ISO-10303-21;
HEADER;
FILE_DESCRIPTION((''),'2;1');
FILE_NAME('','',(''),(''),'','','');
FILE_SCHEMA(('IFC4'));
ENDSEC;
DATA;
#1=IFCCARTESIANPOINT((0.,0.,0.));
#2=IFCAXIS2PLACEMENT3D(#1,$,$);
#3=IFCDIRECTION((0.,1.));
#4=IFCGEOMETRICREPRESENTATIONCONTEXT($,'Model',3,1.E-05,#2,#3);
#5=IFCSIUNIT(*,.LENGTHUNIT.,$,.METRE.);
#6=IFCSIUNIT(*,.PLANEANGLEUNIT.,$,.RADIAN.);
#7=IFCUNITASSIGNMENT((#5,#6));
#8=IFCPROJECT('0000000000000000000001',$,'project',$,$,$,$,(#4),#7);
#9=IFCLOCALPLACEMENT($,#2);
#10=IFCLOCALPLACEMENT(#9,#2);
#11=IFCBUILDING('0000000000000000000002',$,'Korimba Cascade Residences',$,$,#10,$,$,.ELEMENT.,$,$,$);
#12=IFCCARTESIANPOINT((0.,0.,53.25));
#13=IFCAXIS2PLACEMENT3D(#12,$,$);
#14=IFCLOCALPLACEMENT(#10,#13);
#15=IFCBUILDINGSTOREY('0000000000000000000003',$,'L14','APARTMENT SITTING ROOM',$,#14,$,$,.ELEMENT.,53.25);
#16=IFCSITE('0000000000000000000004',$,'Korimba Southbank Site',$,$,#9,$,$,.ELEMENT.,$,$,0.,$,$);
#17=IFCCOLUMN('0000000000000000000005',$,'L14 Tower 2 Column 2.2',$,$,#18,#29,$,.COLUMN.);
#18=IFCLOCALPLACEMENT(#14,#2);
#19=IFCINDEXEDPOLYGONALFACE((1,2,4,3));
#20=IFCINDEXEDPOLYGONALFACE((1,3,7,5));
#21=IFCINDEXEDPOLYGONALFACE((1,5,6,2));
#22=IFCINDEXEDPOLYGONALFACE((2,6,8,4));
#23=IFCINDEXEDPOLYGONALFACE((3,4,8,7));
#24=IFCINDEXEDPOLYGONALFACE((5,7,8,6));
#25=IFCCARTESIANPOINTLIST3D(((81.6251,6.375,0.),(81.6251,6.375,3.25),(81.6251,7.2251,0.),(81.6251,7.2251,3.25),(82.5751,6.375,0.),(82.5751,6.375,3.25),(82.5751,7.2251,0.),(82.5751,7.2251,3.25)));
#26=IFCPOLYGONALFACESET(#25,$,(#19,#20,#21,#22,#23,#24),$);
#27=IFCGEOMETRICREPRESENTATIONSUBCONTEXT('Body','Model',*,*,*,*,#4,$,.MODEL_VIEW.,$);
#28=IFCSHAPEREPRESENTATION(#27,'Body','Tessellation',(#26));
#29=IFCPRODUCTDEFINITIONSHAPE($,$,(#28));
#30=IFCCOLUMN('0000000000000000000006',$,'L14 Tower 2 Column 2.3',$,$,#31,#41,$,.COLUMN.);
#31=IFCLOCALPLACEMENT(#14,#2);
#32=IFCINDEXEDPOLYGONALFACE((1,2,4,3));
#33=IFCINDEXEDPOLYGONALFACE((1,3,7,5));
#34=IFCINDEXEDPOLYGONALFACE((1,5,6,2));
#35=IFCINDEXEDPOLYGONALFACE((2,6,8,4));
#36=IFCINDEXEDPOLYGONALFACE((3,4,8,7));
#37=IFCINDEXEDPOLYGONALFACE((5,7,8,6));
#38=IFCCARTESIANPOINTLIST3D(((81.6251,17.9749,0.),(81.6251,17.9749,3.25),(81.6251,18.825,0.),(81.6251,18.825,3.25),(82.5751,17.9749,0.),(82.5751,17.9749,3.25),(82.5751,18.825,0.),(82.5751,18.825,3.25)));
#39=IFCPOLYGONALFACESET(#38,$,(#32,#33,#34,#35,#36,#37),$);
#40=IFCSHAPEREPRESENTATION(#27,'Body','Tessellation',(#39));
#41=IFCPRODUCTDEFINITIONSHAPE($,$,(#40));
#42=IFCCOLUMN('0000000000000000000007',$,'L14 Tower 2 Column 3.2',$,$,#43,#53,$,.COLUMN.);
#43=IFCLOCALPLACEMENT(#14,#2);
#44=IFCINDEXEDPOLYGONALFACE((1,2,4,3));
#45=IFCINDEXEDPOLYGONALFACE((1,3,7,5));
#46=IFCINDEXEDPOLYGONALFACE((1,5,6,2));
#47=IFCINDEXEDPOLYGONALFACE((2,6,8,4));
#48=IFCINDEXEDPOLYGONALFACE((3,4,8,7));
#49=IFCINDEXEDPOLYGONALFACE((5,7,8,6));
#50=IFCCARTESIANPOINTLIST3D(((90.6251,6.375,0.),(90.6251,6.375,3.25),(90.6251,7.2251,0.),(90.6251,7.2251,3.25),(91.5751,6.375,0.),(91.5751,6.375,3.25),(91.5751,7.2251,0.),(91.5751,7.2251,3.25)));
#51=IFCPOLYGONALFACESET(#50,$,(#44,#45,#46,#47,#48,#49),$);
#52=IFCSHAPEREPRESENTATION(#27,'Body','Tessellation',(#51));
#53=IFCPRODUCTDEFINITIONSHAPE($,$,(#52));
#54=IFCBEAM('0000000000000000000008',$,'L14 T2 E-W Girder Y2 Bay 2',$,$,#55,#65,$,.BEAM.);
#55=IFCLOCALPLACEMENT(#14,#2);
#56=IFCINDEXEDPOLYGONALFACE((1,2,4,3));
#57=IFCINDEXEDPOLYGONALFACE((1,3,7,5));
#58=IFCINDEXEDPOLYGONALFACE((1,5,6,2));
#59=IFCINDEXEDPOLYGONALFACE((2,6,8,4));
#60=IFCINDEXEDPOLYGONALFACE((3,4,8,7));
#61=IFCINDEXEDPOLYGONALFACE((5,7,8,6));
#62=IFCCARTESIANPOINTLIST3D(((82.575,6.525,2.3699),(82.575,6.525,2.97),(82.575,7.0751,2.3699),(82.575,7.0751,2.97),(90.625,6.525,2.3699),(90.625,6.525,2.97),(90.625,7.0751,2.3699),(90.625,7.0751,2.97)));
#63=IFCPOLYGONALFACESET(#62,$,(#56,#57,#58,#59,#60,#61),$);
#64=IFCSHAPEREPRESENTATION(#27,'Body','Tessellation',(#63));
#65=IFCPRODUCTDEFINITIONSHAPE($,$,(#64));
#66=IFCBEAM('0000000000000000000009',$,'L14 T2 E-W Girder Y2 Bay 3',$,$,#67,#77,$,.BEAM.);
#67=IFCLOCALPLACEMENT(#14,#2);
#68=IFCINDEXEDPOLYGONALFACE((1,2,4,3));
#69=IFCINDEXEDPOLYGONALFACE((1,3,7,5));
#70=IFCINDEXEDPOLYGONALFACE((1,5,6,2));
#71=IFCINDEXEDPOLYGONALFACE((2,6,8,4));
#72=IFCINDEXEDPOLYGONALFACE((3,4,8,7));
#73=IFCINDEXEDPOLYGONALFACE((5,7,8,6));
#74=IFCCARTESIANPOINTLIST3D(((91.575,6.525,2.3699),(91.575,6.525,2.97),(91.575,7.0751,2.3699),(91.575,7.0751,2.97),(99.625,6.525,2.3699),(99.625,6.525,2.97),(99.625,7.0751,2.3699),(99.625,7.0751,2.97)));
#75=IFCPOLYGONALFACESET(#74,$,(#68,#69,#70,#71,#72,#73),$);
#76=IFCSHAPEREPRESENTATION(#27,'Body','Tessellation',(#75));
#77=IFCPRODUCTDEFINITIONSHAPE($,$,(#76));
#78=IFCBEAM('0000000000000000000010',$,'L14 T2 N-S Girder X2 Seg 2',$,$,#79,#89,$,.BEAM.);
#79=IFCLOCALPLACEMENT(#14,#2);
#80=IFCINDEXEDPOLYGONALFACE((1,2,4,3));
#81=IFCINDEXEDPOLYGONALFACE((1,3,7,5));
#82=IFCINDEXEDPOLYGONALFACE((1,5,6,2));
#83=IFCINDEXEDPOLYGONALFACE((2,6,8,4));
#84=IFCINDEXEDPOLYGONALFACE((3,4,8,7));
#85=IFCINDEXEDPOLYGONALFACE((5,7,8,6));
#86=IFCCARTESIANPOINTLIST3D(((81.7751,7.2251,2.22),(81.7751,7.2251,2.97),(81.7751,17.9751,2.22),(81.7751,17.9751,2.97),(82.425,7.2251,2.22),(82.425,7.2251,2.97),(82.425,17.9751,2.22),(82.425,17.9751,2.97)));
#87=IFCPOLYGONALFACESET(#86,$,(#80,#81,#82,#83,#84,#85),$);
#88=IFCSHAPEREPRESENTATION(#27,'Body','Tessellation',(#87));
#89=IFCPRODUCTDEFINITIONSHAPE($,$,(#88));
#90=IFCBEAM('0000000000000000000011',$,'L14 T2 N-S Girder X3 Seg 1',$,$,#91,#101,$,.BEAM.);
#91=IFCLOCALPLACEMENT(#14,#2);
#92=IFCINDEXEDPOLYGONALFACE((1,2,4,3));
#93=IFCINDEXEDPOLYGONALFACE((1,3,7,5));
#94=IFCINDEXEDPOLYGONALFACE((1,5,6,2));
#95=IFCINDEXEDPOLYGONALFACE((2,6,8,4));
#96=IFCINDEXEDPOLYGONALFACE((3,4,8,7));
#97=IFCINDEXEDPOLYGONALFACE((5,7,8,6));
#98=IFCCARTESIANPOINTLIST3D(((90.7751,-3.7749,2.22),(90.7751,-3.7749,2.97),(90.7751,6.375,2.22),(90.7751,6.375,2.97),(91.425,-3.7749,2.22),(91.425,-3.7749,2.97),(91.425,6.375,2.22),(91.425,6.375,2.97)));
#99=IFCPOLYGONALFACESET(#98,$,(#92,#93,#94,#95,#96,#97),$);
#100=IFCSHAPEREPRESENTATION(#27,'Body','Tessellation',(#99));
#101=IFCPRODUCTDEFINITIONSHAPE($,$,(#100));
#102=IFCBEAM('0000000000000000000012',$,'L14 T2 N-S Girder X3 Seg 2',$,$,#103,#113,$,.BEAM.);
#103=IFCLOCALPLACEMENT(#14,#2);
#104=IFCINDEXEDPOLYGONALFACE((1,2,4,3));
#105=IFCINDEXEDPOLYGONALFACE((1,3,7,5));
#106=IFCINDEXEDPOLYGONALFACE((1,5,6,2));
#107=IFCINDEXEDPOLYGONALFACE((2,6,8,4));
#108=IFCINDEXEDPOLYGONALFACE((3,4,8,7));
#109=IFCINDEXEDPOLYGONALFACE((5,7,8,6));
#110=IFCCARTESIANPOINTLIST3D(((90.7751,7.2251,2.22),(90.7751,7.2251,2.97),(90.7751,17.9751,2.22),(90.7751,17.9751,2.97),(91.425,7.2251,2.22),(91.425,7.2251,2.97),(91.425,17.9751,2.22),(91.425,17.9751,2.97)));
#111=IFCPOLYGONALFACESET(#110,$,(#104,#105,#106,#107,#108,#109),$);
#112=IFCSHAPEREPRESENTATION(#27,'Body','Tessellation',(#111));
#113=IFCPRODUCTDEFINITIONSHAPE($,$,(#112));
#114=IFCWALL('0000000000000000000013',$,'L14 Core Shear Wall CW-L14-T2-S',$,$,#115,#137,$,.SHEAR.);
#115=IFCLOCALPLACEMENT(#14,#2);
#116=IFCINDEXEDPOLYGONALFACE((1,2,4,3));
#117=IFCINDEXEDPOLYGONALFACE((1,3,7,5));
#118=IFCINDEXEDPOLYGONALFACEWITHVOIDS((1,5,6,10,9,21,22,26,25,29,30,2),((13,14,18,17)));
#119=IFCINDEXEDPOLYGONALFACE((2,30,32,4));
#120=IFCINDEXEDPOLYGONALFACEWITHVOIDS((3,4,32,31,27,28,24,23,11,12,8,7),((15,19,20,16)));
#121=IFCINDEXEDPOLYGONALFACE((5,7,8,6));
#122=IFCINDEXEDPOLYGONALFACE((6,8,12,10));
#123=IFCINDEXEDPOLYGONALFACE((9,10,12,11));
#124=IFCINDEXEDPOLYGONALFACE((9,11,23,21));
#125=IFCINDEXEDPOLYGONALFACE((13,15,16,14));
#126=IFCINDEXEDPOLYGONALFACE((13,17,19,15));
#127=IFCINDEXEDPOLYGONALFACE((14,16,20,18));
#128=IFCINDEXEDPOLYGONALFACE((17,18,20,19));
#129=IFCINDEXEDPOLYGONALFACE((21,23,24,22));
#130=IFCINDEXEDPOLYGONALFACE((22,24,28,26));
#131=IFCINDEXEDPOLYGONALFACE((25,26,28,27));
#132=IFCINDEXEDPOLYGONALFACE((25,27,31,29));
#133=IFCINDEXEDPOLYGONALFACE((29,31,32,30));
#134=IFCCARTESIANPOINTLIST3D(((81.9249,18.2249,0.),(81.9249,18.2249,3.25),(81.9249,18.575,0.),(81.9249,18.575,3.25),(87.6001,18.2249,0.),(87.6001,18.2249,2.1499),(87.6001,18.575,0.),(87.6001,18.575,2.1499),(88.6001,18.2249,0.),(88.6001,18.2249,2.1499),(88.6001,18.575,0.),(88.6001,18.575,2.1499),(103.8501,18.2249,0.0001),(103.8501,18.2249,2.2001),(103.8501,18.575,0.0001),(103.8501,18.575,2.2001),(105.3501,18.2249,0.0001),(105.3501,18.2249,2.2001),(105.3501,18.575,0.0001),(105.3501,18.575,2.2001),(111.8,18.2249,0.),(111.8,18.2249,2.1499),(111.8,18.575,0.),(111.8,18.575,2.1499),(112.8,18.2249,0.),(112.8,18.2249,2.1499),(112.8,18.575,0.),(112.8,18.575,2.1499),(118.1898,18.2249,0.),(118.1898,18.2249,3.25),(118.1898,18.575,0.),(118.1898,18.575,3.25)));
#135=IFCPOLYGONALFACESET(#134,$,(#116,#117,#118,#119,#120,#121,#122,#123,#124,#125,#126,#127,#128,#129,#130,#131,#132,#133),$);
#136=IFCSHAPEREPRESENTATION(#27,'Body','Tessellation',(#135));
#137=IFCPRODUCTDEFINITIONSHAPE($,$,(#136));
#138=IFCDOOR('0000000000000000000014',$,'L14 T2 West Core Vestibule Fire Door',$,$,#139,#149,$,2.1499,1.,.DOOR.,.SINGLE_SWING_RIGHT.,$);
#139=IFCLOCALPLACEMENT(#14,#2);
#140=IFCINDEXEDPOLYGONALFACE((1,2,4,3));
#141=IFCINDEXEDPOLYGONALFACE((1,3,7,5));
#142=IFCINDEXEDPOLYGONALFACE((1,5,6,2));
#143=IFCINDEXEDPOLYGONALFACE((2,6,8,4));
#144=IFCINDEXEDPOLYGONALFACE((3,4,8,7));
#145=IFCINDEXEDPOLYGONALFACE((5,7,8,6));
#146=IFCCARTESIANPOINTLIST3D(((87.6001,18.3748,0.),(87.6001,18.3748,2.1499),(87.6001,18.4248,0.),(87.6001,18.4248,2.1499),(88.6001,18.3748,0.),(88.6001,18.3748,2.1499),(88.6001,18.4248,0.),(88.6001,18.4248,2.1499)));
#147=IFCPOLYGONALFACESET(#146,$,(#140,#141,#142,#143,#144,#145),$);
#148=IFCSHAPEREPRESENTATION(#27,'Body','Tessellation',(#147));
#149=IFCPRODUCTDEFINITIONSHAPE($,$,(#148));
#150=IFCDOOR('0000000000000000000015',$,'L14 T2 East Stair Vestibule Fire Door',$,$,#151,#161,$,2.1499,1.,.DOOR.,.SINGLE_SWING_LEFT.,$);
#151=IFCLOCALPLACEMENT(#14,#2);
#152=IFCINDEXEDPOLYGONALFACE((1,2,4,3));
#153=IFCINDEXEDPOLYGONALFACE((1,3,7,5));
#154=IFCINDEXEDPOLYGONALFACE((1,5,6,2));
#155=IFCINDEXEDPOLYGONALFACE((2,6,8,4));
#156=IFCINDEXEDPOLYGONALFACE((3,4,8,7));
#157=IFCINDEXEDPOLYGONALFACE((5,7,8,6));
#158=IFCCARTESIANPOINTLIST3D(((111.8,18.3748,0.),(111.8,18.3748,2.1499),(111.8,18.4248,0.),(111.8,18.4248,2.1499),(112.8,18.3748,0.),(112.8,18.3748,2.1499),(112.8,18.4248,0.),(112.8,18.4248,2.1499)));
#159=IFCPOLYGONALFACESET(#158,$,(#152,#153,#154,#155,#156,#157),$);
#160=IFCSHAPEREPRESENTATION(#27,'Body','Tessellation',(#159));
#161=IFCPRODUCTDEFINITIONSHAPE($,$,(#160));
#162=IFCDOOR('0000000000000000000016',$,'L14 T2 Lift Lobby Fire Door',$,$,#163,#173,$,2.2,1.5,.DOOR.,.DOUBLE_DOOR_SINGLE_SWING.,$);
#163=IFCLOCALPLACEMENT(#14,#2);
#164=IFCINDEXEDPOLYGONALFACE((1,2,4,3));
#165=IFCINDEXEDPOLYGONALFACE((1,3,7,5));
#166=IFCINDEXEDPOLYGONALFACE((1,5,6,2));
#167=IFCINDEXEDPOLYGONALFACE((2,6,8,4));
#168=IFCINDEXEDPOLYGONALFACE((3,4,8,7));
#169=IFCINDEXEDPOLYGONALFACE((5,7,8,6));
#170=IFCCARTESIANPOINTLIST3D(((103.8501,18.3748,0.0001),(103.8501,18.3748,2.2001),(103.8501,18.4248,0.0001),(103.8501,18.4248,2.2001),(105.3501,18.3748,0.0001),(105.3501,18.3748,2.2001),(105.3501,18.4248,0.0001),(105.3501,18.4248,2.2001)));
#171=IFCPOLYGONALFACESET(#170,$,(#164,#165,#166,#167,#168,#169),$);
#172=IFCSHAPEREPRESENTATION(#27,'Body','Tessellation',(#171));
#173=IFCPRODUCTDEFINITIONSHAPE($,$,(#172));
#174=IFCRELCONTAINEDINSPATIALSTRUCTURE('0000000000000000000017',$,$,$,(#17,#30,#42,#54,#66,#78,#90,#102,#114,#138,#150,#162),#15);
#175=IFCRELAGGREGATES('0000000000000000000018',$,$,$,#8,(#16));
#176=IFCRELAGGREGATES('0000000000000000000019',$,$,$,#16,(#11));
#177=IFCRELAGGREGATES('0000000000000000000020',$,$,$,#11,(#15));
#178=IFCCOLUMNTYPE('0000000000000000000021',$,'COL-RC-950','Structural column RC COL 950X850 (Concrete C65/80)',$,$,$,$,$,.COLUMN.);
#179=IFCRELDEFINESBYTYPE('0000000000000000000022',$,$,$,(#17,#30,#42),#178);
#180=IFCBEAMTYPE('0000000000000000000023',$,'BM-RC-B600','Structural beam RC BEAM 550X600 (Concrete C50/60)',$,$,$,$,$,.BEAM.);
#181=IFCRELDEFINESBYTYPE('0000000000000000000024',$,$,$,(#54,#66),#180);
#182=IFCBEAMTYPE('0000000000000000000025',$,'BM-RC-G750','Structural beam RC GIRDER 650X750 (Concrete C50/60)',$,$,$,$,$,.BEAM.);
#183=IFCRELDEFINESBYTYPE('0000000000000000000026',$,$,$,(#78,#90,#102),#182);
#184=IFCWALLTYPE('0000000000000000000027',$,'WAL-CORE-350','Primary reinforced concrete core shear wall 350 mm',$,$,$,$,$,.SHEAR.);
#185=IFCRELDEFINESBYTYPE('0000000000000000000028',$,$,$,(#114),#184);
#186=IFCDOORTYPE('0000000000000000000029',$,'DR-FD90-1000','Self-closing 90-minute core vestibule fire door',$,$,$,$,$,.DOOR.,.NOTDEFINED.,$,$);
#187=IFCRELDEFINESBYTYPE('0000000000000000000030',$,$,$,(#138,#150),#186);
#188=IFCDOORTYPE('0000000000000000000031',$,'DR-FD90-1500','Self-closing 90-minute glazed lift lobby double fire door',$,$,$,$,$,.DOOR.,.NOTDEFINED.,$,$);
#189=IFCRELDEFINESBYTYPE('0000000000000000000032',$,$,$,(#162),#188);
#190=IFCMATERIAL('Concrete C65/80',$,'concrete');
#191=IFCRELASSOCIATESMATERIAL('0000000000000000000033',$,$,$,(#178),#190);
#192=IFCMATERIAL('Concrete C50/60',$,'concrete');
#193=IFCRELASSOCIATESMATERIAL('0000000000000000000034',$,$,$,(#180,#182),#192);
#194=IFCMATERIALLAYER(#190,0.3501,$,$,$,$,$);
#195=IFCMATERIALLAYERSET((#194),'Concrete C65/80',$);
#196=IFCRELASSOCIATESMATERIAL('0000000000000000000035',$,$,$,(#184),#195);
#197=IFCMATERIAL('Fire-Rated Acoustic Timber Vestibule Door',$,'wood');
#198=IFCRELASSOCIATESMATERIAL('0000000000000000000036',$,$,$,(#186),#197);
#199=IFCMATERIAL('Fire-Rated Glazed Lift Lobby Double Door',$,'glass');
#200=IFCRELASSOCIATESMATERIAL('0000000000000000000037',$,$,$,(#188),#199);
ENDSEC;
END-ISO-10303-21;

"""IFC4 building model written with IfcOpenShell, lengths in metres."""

from ifc_helpers import new_model, si_unit, direction, frame, frame_2d, origin, origin_2d, place, context, subcontext, project, spatial, rectangle, extrude, material, layer, layer_set, material_profile, profile_set, type_object, element, fill, save


model = new_model("IFC4")

# Units and contexts
model_context = context("Model", 3, precision=1e-05, world=origin(), true_north=direction((0.0, 1.0)))
body_context = subcontext(model_context, "Body", "Model", "MODEL_VIEW")
ifc_project = project(units=[si_unit("LENGTHUNIT", "METRE"), si_unit("PLANEANGLEUNIT", "RADIAN")], contexts=[model_context])

# Site, building, storey
site_placement = place(None, origin())
site = spatial("IfcSite", under=ifc_project, at=site_placement, Name="Korimba Southbank Site", CompositionType="ELEMENT", RefElevation=0.0)
building_placement = place(site_placement, origin())
building = spatial("IfcBuilding", under=site, at=building_placement, Name="Korimba Cascade Residences", CompositionType="ELEMENT")
storey_placement = place(building_placement, frame((0.0, 0.0, 53.25)))
storey = spatial("IfcBuildingStorey", under=building, at=storey_placement, Name="L14", Description="APARTMENT SITTING ROOM", CompositionType="ELEMENT", Elevation=53.25)

# Columns
ifc_material_1 = material(Name="Concrete C65/80", Category="concrete")
ifc_material_profile_1 = material_profile(ifc_material_1, rectangle(XDim=0.95, YDim=0.8501, at=origin_2d()), Name="Concrete C65/80")
ifc_profile_set_1 = profile_set([ifc_material_profile_1], Name="Concrete C65/80")
column_type = type_object("IfcColumnType", Name="COL-RC-950", Description="Structural column RC COL 950X850 (Concrete C65/80)", PredefinedType="COLUMN", material=ifc_profile_set_1)
for number, where, z_axis, x_axis, name in (
    (1, (82.1001, 6.8, 0.0), (0.0, 0.0, 1.0), (1.0, 0.0, 0.0), "L14 Tower 2 Column 2.2"),
    (2, (82.1001, 18.3999, 0.0), (0.0, 0.0, 1.0), (1.0, 0.0, 0.0), "L14 Tower 2 Column 2.3"),
    (3, (91.1001, 6.8, 0.0), (0.0, 0.0, 1.0), (1.0, 0.0, 0.0), "L14 Tower 2 Column 3.2"),
):
    element("IfcColumn", number, at=place(storey_placement, frame(where, z_axis=z_axis, x_axis=x_axis)), inside=storey, type_object=column_type, Name=name, PredefinedType="COLUMN", context=body_context, shape_type="SweptSolid", body=[
        extrude(rectangle(XDim=0.95, YDim=0.8501, at=origin_2d()), origin(), (0.0, 0.0, 1.0), 3.25),
    ])

# Beams
ifc_material_2 = material(Name="Concrete C50/60", Category="concrete")
ifc_material_profile_2 = material_profile(ifc_material_2, rectangle(XDim=0.55, YDim=0.6001, at=origin_2d()), Name="Concrete C50/60")
ifc_profile_set_2 = profile_set([ifc_material_profile_2], Name="Concrete C50/60")
beam_type_1 = type_object("IfcBeamType", Name="BM-RC-B600", Description="Structural beam RC BEAM 550X600 (Concrete C50/60)", PredefinedType="BEAM", material=ifc_profile_set_2)
for number, where, z_axis, x_axis, name in (
    (4, (82.575, 6.8, 2.6699), (1.0, 0.0, 0.0), (0.0, 1.0, 0.0), "L14 T2 E-W Girder Y2 Bay 2"),
    (5, (91.575, 6.8, 2.6699), (1.0, 0.0, 0.0), (0.0, 1.0, 0.0), "L14 T2 E-W Girder Y2 Bay 3"),
):
    element("IfcBeam", number, at=place(storey_placement, frame(where, z_axis=z_axis, x_axis=x_axis)), inside=storey, type_object=beam_type_1, Name=name, PredefinedType="BEAM", context=body_context, shape_type="SweptSolid", body=[
        extrude(rectangle(XDim=0.55, YDim=0.6001, at=origin_2d()), origin(), (0.0, 0.0, 1.0), 8.05),
    ])
ifc_material_profile_3 = material_profile(ifc_material_2, rectangle(XDim=0.6499, YDim=0.75, at=origin_2d()), Name="Concrete C50/60")
ifc_profile_set_3 = profile_set([ifc_material_profile_3], Name="Concrete C50/60")
beam_type_2 = type_object("IfcBeamType", Name="BM-RC-G750", Description="Structural beam RC GIRDER 650X750 (Concrete C50/60)", PredefinedType="BEAM", material=ifc_profile_set_3)
beam_1_placement = place(storey_placement, frame((82.1001, 7.2251, 2.595), z_axis=(0.0, 1.0, 0.0), x_axis=(-1.0, 0.0, 0.0)))
element("IfcBeam", 6, at=beam_1_placement, inside=storey, type_object=beam_type_2, Name="L14 T2 N-S Girder X2 Seg 2", PredefinedType="BEAM", context=body_context, shape_type="SweptSolid", body=[
    extrude(rectangle(XDim=0.6499, YDim=0.75, at=origin_2d()), origin(), (0.0, 0.0, 1.0), 10.75),
])
beam_2_placement = place(storey_placement, frame((91.1001, -3.7749, 2.595), z_axis=(0.0, 1.0, 0.0), x_axis=(-1.0, 0.0, 0.0)))
element("IfcBeam", 7, at=beam_2_placement, inside=storey, type_object=beam_type_2, Name="L14 T2 N-S Girder X3 Seg 1", PredefinedType="BEAM", context=body_context, shape_type="SweptSolid", body=[
    extrude(rectangle(XDim=0.6499, YDim=0.75, at=origin_2d()), origin(), (0.0, 0.0, 1.0), 10.1499),
])
beam_3_placement = place(storey_placement, frame((91.1001, 7.2251, 2.595), z_axis=(0.0, 1.0, 0.0), x_axis=(-1.0, 0.0, 0.0)))
element("IfcBeam", 8, at=beam_3_placement, inside=storey, type_object=beam_type_2, Name="L14 T2 N-S Girder X3 Seg 2", PredefinedType="BEAM", context=body_context, shape_type="SweptSolid", body=[
    extrude(rectangle(XDim=0.6499, YDim=0.75, at=origin_2d()), origin(), (0.0, 0.0, 1.0), 10.75),
])

# Wall, openings, doors
ifc_layer_1 = layer(ifc_material_1, 0.3501)
ifc_layer_set_1 = layer_set([ifc_layer_1], Name="Concrete C65/80")
wall_type_1 = type_object("IfcWallType", Name="WAL-CORE-350", Description="Primary reinforced concrete core shear wall 350 mm", PredefinedType="SHEAR", material=ifc_layer_set_1)
wall_1_placement = place(storey_placement, frame((81.925, 18.3999, 0.0), z_axis=(0.0, 0.0, 1.0), x_axis=(1.0, 0.0, 0.0)))
wall_1 = element("IfcWall", 9, at=wall_1_placement, inside=storey, type_object=wall_type_1, Name="L14 Core Shear Wall CW-L14-T2-S", PredefinedType="SHEAR", context=body_context, shape_type="SweptSolid", body=[
    extrude(rectangle(XDim=36.2649, YDim=0.3501, at=frame_2d((18.1323, 0.0))), origin(), (0.0, 0.0, 1.0), 3.25),
])
opening_1_placement = place(wall_1_placement, frame((5.675, 0.0, 0.0)))
opening_1 = element("IfcOpeningElement", 10, at=opening_1_placement, cuts=wall_1, PredefinedType="OPENING", context=body_context, shape_type="SweptSolid", body=[
    extrude(rectangle(XDim=1.0, YDim=2.1499, at=frame_2d((0.5, 1.075))), frame((0.0, 0.1851, 0.0), z_axis=(0.0, -1.0, 0.0), x_axis=(1.0, 0.0, 0.0)), (0.0, 0.0, 1.0), 0.3701),
])
opening_2_placement = place(wall_1_placement, frame((21.925, 0.0, 0.0)))
opening_2 = element("IfcOpeningElement", 11, at=opening_2_placement, cuts=wall_1, PredefinedType="OPENING", context=body_context, shape_type="SweptSolid", body=[
    extrude(rectangle(XDim=1.5, YDim=2.2, at=frame_2d((0.75, 1.1001))), frame((0.0, 0.1851, 0.0), z_axis=(0.0, -1.0, 0.0), x_axis=(1.0, 0.0, 0.0)), (0.0, 0.0, 1.0), 0.3701),
])
opening_3_placement = place(wall_1_placement, frame((29.875, 0.0, 0.0)))
opening_3 = element("IfcOpeningElement", 12, at=opening_3_placement, cuts=wall_1, PredefinedType="OPENING", context=body_context, shape_type="SweptSolid", body=[
    extrude(rectangle(XDim=1.0, YDim=2.1499, at=frame_2d((0.5, 1.075))), frame((0.0, 0.1851, 0.0), z_axis=(0.0, -1.0, 0.0), x_axis=(1.0, 0.0, 0.0)), (0.0, 0.0, 1.0), 0.3701),
])
ifc_material_3 = material(Name="Fire-Rated Acoustic Timber Vestibule Door", Category="wood")
door_type_1 = type_object("IfcDoorType", Name="DR-FD90-1000", Description="Self-closing 90-minute core vestibule fire door", OperationType="NOTDEFINED", PredefinedType="DOOR", material=ifc_material_3)
door_1_placement = place(opening_1_placement, origin())
door_1 = element("IfcDoor", 13, at=door_1_placement, inside=storey, type_object=door_type_1, Name="L14 T2 West Core Vestibule Fire Door", OperationType="SINGLE_SWING_RIGHT", OverallHeight=2.1499, OverallWidth=1.0, PredefinedType="DOOR", context=body_context, shape_type="SweptSolid", body=[
    extrude(rectangle(XDim=1.0, YDim=2.1499, at=frame_2d((0.5, 1.075))), frame((0.0, 0.0249, 0.0), z_axis=(0.0, -1.0, 0.0), x_axis=(1.0, 0.0, 0.0)), (0.0, 0.0, 1.0), 0.05),
])
fill(opening_1, door_1)
door_2_placement = place(opening_3_placement, origin())
door_2 = element("IfcDoor", 14, at=door_2_placement, inside=storey, type_object=door_type_1, Name="L14 T2 East Stair Vestibule Fire Door", OperationType="SINGLE_SWING_LEFT", OverallHeight=2.1499, OverallWidth=1.0, PredefinedType="DOOR", context=body_context, shape_type="SweptSolid", body=[
    extrude(rectangle(XDim=1.0, YDim=2.1499, at=frame_2d((0.5, 1.075))), frame((0.0, 0.0249, 0.0), z_axis=(0.0, -1.0, 0.0), x_axis=(1.0, 0.0, 0.0)), (0.0, 0.0, 1.0), 0.05),
])
fill(opening_3, door_2)
ifc_material_4 = material(Name="Fire-Rated Glazed Lift Lobby Double Door", Category="glass")
door_type_2 = type_object("IfcDoorType", Name="DR-FD90-1500", Description="Self-closing 90-minute glazed lift lobby double fire door", OperationType="NOTDEFINED", PredefinedType="DOOR", material=ifc_material_4)
door_3_placement = place(opening_2_placement, origin())
door_3 = element("IfcDoor", 15, at=door_3_placement, inside=storey, type_object=door_type_2, Name="L14 T2 Lift Lobby Fire Door", OperationType="DOUBLE_DOOR_SINGLE_SWING", OverallHeight=2.2, OverallWidth=1.5, PredefinedType="DOOR", context=body_context, shape_type="SweptSolid", body=[
    extrude(rectangle(XDim=1.5, YDim=2.2, at=frame_2d((0.75, 1.1001))), frame((0.0, 0.0249, 0.0), z_axis=(0.0, -1.0, 0.0), x_axis=(1.0, 0.0, 0.0)), (0.0, 0.0, 1.0), 0.05),
])
fill(opening_2, door_3)

save(model, "model.ifc")
